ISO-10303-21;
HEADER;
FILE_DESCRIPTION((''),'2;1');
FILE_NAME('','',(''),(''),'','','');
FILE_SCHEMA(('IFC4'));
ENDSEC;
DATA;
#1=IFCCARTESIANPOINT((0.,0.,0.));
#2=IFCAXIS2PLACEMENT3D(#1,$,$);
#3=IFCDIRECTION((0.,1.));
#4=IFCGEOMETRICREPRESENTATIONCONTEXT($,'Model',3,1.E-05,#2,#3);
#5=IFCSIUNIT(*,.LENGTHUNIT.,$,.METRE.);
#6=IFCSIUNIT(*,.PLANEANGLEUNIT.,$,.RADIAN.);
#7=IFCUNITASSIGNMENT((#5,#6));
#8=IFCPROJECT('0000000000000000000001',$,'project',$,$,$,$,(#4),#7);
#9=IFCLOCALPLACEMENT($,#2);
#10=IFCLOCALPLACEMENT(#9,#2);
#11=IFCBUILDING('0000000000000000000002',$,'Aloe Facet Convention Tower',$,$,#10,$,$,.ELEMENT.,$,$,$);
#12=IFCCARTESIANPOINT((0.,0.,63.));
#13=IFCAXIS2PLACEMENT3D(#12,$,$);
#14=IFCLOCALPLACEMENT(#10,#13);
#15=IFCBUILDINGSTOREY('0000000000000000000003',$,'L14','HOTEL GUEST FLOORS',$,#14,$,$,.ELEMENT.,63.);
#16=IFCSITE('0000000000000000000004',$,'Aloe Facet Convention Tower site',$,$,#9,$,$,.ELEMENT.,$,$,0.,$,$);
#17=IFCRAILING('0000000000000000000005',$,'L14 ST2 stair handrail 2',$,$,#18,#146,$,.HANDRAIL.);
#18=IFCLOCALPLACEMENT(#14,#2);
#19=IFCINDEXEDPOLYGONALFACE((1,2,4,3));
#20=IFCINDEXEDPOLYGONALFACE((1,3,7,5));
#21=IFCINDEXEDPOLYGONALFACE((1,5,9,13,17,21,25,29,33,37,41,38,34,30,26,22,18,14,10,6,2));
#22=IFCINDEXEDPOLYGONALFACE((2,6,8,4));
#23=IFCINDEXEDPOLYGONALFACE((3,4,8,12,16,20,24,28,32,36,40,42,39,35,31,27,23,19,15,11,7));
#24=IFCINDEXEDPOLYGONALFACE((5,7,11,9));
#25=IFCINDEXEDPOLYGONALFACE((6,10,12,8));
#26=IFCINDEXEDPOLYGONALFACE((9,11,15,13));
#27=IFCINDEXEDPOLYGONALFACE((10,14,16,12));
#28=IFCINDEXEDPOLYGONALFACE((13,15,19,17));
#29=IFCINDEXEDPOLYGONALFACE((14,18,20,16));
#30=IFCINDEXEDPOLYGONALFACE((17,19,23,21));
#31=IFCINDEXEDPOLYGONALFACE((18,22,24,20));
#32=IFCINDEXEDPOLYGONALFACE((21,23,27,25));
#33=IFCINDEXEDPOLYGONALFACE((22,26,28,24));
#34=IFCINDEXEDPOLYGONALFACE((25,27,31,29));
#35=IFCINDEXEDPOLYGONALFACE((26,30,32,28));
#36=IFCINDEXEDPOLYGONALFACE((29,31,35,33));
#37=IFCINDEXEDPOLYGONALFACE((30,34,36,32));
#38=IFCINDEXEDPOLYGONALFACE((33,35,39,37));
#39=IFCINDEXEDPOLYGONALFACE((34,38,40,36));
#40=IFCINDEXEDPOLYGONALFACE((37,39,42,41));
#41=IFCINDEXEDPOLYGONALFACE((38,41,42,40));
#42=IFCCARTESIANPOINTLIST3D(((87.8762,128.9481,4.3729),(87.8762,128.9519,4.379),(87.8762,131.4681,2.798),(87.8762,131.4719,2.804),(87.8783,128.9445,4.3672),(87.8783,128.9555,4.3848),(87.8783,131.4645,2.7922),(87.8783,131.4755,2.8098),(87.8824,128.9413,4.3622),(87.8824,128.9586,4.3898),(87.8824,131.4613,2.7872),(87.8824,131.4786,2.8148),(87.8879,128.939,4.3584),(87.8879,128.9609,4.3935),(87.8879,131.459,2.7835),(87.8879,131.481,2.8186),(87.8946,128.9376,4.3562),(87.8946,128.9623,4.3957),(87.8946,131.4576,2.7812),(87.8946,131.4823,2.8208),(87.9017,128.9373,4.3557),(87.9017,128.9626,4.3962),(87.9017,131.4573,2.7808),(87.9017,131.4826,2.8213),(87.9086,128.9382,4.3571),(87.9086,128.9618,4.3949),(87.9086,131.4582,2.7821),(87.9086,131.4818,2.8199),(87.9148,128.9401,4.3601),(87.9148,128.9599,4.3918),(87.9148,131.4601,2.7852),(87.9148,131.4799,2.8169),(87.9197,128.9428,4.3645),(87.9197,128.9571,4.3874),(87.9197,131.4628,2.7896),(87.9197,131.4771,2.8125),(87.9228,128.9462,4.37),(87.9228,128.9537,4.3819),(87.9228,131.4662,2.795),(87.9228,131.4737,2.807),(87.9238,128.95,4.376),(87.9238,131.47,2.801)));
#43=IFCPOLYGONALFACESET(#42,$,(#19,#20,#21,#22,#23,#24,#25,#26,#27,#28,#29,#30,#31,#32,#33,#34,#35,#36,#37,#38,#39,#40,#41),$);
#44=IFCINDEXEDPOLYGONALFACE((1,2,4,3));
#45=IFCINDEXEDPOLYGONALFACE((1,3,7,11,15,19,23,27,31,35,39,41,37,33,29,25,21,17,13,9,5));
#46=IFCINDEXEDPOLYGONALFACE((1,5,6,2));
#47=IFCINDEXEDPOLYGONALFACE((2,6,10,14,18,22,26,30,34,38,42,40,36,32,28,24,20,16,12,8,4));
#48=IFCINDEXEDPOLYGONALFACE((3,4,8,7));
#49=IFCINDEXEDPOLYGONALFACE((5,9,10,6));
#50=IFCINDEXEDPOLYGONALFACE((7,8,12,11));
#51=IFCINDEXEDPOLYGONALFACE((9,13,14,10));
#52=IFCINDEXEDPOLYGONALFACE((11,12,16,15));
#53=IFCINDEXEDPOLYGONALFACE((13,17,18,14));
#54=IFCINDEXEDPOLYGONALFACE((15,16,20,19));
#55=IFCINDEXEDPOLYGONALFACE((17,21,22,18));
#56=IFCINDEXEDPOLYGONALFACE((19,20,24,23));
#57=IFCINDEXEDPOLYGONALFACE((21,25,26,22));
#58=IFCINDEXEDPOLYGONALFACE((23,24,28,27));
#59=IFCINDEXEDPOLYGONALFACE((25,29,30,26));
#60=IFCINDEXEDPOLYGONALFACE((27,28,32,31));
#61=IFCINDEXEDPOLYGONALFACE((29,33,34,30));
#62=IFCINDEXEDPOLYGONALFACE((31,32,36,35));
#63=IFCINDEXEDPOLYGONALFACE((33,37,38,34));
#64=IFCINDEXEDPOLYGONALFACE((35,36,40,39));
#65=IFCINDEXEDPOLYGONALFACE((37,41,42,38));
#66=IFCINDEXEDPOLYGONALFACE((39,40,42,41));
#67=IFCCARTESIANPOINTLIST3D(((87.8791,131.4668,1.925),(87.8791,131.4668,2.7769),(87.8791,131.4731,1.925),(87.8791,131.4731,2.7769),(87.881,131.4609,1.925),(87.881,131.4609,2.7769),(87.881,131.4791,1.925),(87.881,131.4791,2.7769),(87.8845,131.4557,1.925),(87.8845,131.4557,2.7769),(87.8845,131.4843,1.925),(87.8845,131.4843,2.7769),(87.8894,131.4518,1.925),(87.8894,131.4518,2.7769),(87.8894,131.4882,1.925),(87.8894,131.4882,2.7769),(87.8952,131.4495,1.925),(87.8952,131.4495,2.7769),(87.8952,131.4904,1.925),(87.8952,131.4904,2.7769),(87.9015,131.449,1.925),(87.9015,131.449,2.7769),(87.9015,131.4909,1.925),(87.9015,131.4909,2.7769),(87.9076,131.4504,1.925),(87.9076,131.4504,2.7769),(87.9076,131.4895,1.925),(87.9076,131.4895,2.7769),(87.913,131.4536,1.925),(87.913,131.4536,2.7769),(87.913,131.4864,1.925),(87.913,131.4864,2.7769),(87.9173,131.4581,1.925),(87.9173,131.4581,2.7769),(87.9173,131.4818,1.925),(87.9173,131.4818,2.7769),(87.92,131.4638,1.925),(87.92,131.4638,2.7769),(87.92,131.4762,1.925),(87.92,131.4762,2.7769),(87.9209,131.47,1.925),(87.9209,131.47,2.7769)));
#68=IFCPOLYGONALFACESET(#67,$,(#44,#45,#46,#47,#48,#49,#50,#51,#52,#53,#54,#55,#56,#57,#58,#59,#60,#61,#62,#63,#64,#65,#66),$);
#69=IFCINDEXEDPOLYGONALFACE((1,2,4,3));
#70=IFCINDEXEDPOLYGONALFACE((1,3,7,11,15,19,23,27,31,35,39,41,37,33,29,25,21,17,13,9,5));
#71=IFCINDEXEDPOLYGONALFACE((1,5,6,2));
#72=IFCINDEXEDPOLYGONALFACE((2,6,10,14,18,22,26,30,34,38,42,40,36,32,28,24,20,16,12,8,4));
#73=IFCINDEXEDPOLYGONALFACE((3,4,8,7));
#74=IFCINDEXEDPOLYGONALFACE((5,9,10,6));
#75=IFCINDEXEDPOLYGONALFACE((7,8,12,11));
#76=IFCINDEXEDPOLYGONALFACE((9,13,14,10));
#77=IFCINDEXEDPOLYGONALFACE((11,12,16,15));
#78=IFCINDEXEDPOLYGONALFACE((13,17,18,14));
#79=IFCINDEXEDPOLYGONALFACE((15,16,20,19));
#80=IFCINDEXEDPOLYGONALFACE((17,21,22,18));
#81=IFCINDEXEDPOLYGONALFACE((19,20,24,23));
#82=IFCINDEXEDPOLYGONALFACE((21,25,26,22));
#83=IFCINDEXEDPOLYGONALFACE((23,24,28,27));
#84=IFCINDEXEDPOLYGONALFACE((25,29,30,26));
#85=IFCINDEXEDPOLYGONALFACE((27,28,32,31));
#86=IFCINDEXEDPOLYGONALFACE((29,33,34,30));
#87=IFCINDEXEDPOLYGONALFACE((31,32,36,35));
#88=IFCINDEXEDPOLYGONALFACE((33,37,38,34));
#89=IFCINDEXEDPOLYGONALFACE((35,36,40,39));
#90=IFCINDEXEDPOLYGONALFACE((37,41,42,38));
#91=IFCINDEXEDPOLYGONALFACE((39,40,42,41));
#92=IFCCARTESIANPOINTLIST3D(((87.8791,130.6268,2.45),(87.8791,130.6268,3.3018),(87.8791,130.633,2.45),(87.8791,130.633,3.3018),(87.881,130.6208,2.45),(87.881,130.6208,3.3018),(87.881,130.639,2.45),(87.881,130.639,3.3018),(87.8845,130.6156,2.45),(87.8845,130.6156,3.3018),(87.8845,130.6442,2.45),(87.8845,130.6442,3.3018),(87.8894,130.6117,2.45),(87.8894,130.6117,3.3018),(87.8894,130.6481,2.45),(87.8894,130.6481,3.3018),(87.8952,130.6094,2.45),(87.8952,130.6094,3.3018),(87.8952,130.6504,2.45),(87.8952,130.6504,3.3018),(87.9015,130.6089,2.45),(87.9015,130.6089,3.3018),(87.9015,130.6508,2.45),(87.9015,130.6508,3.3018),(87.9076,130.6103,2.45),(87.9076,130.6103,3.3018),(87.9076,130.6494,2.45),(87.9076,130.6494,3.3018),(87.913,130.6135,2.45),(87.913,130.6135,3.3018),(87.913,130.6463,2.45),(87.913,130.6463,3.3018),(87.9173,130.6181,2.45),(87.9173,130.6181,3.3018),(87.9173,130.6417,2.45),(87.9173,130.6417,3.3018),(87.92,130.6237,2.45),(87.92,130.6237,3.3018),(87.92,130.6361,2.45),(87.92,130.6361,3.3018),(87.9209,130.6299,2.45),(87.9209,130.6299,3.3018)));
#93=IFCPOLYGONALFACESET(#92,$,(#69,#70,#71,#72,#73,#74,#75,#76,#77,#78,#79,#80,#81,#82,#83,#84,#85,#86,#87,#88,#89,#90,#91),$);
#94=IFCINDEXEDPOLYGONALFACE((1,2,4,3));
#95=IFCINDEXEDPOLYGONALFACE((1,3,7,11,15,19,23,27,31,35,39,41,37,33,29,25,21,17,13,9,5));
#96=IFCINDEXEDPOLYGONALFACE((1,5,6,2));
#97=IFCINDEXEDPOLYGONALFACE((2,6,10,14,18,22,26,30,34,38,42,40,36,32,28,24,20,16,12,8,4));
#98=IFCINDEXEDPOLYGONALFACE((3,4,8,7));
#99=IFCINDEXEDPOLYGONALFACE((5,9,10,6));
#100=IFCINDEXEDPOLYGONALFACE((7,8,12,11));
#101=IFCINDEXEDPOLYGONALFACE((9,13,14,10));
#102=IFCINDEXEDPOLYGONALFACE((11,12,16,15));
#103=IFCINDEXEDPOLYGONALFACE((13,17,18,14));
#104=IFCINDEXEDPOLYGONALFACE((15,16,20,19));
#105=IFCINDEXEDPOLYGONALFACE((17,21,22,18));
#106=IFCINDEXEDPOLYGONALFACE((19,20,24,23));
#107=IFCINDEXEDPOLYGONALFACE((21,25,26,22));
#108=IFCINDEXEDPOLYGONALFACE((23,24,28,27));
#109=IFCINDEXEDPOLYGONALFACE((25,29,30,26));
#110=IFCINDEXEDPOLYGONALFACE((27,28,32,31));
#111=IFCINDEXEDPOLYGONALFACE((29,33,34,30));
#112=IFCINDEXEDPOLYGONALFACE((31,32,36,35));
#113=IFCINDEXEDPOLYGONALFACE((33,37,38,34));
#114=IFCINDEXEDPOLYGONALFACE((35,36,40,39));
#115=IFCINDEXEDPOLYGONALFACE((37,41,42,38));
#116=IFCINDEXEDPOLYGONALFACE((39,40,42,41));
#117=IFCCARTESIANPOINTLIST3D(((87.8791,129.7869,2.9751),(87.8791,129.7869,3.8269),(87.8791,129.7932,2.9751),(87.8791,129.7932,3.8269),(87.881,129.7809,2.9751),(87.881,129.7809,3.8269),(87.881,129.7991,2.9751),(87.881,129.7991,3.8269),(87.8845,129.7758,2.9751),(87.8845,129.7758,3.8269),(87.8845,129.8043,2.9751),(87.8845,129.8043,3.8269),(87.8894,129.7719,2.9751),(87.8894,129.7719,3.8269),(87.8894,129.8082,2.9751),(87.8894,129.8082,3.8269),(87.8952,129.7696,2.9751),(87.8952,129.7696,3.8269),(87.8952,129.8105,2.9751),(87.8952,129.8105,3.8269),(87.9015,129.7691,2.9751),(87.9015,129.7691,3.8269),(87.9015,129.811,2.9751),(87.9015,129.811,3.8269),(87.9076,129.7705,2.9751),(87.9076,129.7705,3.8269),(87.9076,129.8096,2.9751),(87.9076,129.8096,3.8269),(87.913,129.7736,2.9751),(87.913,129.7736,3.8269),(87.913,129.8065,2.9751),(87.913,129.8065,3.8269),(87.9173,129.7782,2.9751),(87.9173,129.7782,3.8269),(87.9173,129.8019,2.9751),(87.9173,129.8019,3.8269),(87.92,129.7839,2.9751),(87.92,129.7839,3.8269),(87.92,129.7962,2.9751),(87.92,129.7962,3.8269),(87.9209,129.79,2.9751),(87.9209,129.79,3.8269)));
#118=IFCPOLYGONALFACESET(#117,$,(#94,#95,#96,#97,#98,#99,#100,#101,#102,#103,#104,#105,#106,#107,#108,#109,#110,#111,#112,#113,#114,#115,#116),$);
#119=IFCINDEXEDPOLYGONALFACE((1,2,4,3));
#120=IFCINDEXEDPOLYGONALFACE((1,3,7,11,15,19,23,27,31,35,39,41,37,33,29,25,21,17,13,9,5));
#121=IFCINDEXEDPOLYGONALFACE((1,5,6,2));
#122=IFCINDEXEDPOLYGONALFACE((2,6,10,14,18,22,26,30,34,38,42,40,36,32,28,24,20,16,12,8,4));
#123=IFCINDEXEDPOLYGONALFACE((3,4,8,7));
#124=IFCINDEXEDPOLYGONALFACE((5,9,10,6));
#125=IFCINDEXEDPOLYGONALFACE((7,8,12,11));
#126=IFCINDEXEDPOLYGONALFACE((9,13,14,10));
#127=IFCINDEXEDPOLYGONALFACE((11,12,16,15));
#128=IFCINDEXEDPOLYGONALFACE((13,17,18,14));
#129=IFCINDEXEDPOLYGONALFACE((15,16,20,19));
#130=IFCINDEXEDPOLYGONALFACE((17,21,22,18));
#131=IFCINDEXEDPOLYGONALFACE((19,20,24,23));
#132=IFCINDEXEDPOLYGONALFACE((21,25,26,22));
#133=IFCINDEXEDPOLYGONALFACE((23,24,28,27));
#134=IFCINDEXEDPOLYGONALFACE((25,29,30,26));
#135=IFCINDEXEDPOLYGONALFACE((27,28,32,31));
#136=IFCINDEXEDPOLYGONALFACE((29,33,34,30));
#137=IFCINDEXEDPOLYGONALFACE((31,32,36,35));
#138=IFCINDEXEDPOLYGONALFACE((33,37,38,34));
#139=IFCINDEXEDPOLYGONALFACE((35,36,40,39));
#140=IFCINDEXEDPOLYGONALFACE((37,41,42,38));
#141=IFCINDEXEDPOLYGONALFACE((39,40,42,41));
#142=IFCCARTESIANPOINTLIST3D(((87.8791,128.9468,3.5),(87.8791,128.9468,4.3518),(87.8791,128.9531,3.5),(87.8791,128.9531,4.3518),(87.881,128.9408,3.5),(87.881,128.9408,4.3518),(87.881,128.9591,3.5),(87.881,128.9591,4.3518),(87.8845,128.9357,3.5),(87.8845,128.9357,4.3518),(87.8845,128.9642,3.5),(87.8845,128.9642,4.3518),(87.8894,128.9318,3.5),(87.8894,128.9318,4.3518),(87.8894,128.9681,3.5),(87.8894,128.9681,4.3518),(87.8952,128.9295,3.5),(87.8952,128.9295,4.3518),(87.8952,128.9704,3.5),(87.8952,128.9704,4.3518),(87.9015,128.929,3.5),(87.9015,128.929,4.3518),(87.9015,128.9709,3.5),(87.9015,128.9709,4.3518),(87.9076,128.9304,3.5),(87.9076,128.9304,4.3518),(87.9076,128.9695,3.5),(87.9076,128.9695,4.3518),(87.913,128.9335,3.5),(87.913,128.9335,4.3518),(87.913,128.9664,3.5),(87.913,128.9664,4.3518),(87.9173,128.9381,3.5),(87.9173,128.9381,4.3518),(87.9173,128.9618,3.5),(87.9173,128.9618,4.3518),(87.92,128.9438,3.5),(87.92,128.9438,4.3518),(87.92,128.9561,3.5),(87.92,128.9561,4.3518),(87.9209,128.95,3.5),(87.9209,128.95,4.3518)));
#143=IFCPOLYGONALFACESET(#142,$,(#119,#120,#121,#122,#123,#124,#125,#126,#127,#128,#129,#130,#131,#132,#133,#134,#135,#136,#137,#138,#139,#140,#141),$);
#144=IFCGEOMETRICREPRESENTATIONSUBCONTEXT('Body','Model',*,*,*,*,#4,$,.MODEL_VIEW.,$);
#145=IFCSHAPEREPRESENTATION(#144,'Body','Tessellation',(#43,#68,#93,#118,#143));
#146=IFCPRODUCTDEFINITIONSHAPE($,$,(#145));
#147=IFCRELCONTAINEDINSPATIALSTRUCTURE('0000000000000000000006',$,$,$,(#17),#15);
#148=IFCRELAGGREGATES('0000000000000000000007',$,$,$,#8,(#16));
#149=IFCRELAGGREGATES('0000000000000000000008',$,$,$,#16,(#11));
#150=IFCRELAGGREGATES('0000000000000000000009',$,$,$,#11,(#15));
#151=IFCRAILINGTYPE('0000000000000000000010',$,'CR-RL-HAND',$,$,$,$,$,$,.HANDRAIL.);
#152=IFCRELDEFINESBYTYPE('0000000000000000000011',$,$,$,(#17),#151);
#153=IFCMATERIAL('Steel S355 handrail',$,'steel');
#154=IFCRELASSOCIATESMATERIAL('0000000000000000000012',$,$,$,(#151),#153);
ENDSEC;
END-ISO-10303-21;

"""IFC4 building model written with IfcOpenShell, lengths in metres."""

from ifc_helpers import new_model, si_unit, direction, frame, origin, origin_2d, place, context, subcontext, project, spatial, circle, extrude, material, type_object, element, save


model = new_model("IFC4")

# Units and contexts
model_context = context("Model", 3, precision=1e-05, world=origin(), true_north=direction((0.0, 1.0)))
body_context = subcontext(model_context, "Body", "Model", "MODEL_VIEW")
ifc_project = project(units=[si_unit("LENGTHUNIT", "METRE"), si_unit("PLANEANGLEUNIT", "RADIAN")], contexts=[model_context])

# Site, building, storey
site_placement = place(None, origin())
site = spatial("IfcSite", under=ifc_project, at=site_placement, Name="Aloe Facet Convention Tower site", CompositionType="ELEMENT", RefElevation=0.0)
building_placement = place(site_placement, origin())
building = spatial("IfcBuilding", under=site, at=building_placement, Name="Aloe Facet Convention Tower", CompositionType="ELEMENT")
storey_placement = place(building_placement, frame((0.0, 0.0, 63.0)))
storey = spatial("IfcBuildingStorey", under=building, at=storey_placement, Name="L14", Description="HOTEL GUEST FLOORS", CompositionType="ELEMENT", Elevation=63.0)

# Railing
ifc_material_1 = material(Name="Steel S355 handrail", Category="steel")
railing_type_1 = type_object("IfcRailingType", Name="CR-RL-HAND", PredefinedType="HANDRAIL", material=ifc_material_1)
railing_1_placement = place(storey_placement, frame((87.8999, 131.47, 1.925)))
element("IfcRailing", 1, at=railing_1_placement, inside=storey, type_object=railing_type_1, Name="L14 ST2 stair handrail 2", PredefinedType="HANDRAIL", context=body_context, shape_type="SweptSolid", body=[
    extrude(circle(Radius=0.0239, at=origin_2d()), frame((0.0, 0.0, 0.876), z_axis=(0.0, -0.848008, 0.529984), x_axis=(1.0, 0.0, 0.0)), (0.0, 0.0, 1.0), 2.9717),
    extrude(circle(Radius=0.021, at=origin_2d()), origin(), (0.0, 0.0, 1.0), 0.8518),
    extrude(circle(Radius=0.021, at=origin_2d()), frame((0.0, -0.8401, 0.5249)), (0.0, 0.0, 1.0), 0.8518),
    extrude(circle(Radius=0.021, at=origin_2d()), frame((0.0, -1.6799, 1.05)), (0.0, 0.0, 1.0), 0.8518),
    extrude(circle(Radius=0.021, at=origin_2d()), frame((0.0, -2.52, 1.575)), (0.0, 0.0, 1.0), 0.8518),
])

save(model, "model.ifc")
